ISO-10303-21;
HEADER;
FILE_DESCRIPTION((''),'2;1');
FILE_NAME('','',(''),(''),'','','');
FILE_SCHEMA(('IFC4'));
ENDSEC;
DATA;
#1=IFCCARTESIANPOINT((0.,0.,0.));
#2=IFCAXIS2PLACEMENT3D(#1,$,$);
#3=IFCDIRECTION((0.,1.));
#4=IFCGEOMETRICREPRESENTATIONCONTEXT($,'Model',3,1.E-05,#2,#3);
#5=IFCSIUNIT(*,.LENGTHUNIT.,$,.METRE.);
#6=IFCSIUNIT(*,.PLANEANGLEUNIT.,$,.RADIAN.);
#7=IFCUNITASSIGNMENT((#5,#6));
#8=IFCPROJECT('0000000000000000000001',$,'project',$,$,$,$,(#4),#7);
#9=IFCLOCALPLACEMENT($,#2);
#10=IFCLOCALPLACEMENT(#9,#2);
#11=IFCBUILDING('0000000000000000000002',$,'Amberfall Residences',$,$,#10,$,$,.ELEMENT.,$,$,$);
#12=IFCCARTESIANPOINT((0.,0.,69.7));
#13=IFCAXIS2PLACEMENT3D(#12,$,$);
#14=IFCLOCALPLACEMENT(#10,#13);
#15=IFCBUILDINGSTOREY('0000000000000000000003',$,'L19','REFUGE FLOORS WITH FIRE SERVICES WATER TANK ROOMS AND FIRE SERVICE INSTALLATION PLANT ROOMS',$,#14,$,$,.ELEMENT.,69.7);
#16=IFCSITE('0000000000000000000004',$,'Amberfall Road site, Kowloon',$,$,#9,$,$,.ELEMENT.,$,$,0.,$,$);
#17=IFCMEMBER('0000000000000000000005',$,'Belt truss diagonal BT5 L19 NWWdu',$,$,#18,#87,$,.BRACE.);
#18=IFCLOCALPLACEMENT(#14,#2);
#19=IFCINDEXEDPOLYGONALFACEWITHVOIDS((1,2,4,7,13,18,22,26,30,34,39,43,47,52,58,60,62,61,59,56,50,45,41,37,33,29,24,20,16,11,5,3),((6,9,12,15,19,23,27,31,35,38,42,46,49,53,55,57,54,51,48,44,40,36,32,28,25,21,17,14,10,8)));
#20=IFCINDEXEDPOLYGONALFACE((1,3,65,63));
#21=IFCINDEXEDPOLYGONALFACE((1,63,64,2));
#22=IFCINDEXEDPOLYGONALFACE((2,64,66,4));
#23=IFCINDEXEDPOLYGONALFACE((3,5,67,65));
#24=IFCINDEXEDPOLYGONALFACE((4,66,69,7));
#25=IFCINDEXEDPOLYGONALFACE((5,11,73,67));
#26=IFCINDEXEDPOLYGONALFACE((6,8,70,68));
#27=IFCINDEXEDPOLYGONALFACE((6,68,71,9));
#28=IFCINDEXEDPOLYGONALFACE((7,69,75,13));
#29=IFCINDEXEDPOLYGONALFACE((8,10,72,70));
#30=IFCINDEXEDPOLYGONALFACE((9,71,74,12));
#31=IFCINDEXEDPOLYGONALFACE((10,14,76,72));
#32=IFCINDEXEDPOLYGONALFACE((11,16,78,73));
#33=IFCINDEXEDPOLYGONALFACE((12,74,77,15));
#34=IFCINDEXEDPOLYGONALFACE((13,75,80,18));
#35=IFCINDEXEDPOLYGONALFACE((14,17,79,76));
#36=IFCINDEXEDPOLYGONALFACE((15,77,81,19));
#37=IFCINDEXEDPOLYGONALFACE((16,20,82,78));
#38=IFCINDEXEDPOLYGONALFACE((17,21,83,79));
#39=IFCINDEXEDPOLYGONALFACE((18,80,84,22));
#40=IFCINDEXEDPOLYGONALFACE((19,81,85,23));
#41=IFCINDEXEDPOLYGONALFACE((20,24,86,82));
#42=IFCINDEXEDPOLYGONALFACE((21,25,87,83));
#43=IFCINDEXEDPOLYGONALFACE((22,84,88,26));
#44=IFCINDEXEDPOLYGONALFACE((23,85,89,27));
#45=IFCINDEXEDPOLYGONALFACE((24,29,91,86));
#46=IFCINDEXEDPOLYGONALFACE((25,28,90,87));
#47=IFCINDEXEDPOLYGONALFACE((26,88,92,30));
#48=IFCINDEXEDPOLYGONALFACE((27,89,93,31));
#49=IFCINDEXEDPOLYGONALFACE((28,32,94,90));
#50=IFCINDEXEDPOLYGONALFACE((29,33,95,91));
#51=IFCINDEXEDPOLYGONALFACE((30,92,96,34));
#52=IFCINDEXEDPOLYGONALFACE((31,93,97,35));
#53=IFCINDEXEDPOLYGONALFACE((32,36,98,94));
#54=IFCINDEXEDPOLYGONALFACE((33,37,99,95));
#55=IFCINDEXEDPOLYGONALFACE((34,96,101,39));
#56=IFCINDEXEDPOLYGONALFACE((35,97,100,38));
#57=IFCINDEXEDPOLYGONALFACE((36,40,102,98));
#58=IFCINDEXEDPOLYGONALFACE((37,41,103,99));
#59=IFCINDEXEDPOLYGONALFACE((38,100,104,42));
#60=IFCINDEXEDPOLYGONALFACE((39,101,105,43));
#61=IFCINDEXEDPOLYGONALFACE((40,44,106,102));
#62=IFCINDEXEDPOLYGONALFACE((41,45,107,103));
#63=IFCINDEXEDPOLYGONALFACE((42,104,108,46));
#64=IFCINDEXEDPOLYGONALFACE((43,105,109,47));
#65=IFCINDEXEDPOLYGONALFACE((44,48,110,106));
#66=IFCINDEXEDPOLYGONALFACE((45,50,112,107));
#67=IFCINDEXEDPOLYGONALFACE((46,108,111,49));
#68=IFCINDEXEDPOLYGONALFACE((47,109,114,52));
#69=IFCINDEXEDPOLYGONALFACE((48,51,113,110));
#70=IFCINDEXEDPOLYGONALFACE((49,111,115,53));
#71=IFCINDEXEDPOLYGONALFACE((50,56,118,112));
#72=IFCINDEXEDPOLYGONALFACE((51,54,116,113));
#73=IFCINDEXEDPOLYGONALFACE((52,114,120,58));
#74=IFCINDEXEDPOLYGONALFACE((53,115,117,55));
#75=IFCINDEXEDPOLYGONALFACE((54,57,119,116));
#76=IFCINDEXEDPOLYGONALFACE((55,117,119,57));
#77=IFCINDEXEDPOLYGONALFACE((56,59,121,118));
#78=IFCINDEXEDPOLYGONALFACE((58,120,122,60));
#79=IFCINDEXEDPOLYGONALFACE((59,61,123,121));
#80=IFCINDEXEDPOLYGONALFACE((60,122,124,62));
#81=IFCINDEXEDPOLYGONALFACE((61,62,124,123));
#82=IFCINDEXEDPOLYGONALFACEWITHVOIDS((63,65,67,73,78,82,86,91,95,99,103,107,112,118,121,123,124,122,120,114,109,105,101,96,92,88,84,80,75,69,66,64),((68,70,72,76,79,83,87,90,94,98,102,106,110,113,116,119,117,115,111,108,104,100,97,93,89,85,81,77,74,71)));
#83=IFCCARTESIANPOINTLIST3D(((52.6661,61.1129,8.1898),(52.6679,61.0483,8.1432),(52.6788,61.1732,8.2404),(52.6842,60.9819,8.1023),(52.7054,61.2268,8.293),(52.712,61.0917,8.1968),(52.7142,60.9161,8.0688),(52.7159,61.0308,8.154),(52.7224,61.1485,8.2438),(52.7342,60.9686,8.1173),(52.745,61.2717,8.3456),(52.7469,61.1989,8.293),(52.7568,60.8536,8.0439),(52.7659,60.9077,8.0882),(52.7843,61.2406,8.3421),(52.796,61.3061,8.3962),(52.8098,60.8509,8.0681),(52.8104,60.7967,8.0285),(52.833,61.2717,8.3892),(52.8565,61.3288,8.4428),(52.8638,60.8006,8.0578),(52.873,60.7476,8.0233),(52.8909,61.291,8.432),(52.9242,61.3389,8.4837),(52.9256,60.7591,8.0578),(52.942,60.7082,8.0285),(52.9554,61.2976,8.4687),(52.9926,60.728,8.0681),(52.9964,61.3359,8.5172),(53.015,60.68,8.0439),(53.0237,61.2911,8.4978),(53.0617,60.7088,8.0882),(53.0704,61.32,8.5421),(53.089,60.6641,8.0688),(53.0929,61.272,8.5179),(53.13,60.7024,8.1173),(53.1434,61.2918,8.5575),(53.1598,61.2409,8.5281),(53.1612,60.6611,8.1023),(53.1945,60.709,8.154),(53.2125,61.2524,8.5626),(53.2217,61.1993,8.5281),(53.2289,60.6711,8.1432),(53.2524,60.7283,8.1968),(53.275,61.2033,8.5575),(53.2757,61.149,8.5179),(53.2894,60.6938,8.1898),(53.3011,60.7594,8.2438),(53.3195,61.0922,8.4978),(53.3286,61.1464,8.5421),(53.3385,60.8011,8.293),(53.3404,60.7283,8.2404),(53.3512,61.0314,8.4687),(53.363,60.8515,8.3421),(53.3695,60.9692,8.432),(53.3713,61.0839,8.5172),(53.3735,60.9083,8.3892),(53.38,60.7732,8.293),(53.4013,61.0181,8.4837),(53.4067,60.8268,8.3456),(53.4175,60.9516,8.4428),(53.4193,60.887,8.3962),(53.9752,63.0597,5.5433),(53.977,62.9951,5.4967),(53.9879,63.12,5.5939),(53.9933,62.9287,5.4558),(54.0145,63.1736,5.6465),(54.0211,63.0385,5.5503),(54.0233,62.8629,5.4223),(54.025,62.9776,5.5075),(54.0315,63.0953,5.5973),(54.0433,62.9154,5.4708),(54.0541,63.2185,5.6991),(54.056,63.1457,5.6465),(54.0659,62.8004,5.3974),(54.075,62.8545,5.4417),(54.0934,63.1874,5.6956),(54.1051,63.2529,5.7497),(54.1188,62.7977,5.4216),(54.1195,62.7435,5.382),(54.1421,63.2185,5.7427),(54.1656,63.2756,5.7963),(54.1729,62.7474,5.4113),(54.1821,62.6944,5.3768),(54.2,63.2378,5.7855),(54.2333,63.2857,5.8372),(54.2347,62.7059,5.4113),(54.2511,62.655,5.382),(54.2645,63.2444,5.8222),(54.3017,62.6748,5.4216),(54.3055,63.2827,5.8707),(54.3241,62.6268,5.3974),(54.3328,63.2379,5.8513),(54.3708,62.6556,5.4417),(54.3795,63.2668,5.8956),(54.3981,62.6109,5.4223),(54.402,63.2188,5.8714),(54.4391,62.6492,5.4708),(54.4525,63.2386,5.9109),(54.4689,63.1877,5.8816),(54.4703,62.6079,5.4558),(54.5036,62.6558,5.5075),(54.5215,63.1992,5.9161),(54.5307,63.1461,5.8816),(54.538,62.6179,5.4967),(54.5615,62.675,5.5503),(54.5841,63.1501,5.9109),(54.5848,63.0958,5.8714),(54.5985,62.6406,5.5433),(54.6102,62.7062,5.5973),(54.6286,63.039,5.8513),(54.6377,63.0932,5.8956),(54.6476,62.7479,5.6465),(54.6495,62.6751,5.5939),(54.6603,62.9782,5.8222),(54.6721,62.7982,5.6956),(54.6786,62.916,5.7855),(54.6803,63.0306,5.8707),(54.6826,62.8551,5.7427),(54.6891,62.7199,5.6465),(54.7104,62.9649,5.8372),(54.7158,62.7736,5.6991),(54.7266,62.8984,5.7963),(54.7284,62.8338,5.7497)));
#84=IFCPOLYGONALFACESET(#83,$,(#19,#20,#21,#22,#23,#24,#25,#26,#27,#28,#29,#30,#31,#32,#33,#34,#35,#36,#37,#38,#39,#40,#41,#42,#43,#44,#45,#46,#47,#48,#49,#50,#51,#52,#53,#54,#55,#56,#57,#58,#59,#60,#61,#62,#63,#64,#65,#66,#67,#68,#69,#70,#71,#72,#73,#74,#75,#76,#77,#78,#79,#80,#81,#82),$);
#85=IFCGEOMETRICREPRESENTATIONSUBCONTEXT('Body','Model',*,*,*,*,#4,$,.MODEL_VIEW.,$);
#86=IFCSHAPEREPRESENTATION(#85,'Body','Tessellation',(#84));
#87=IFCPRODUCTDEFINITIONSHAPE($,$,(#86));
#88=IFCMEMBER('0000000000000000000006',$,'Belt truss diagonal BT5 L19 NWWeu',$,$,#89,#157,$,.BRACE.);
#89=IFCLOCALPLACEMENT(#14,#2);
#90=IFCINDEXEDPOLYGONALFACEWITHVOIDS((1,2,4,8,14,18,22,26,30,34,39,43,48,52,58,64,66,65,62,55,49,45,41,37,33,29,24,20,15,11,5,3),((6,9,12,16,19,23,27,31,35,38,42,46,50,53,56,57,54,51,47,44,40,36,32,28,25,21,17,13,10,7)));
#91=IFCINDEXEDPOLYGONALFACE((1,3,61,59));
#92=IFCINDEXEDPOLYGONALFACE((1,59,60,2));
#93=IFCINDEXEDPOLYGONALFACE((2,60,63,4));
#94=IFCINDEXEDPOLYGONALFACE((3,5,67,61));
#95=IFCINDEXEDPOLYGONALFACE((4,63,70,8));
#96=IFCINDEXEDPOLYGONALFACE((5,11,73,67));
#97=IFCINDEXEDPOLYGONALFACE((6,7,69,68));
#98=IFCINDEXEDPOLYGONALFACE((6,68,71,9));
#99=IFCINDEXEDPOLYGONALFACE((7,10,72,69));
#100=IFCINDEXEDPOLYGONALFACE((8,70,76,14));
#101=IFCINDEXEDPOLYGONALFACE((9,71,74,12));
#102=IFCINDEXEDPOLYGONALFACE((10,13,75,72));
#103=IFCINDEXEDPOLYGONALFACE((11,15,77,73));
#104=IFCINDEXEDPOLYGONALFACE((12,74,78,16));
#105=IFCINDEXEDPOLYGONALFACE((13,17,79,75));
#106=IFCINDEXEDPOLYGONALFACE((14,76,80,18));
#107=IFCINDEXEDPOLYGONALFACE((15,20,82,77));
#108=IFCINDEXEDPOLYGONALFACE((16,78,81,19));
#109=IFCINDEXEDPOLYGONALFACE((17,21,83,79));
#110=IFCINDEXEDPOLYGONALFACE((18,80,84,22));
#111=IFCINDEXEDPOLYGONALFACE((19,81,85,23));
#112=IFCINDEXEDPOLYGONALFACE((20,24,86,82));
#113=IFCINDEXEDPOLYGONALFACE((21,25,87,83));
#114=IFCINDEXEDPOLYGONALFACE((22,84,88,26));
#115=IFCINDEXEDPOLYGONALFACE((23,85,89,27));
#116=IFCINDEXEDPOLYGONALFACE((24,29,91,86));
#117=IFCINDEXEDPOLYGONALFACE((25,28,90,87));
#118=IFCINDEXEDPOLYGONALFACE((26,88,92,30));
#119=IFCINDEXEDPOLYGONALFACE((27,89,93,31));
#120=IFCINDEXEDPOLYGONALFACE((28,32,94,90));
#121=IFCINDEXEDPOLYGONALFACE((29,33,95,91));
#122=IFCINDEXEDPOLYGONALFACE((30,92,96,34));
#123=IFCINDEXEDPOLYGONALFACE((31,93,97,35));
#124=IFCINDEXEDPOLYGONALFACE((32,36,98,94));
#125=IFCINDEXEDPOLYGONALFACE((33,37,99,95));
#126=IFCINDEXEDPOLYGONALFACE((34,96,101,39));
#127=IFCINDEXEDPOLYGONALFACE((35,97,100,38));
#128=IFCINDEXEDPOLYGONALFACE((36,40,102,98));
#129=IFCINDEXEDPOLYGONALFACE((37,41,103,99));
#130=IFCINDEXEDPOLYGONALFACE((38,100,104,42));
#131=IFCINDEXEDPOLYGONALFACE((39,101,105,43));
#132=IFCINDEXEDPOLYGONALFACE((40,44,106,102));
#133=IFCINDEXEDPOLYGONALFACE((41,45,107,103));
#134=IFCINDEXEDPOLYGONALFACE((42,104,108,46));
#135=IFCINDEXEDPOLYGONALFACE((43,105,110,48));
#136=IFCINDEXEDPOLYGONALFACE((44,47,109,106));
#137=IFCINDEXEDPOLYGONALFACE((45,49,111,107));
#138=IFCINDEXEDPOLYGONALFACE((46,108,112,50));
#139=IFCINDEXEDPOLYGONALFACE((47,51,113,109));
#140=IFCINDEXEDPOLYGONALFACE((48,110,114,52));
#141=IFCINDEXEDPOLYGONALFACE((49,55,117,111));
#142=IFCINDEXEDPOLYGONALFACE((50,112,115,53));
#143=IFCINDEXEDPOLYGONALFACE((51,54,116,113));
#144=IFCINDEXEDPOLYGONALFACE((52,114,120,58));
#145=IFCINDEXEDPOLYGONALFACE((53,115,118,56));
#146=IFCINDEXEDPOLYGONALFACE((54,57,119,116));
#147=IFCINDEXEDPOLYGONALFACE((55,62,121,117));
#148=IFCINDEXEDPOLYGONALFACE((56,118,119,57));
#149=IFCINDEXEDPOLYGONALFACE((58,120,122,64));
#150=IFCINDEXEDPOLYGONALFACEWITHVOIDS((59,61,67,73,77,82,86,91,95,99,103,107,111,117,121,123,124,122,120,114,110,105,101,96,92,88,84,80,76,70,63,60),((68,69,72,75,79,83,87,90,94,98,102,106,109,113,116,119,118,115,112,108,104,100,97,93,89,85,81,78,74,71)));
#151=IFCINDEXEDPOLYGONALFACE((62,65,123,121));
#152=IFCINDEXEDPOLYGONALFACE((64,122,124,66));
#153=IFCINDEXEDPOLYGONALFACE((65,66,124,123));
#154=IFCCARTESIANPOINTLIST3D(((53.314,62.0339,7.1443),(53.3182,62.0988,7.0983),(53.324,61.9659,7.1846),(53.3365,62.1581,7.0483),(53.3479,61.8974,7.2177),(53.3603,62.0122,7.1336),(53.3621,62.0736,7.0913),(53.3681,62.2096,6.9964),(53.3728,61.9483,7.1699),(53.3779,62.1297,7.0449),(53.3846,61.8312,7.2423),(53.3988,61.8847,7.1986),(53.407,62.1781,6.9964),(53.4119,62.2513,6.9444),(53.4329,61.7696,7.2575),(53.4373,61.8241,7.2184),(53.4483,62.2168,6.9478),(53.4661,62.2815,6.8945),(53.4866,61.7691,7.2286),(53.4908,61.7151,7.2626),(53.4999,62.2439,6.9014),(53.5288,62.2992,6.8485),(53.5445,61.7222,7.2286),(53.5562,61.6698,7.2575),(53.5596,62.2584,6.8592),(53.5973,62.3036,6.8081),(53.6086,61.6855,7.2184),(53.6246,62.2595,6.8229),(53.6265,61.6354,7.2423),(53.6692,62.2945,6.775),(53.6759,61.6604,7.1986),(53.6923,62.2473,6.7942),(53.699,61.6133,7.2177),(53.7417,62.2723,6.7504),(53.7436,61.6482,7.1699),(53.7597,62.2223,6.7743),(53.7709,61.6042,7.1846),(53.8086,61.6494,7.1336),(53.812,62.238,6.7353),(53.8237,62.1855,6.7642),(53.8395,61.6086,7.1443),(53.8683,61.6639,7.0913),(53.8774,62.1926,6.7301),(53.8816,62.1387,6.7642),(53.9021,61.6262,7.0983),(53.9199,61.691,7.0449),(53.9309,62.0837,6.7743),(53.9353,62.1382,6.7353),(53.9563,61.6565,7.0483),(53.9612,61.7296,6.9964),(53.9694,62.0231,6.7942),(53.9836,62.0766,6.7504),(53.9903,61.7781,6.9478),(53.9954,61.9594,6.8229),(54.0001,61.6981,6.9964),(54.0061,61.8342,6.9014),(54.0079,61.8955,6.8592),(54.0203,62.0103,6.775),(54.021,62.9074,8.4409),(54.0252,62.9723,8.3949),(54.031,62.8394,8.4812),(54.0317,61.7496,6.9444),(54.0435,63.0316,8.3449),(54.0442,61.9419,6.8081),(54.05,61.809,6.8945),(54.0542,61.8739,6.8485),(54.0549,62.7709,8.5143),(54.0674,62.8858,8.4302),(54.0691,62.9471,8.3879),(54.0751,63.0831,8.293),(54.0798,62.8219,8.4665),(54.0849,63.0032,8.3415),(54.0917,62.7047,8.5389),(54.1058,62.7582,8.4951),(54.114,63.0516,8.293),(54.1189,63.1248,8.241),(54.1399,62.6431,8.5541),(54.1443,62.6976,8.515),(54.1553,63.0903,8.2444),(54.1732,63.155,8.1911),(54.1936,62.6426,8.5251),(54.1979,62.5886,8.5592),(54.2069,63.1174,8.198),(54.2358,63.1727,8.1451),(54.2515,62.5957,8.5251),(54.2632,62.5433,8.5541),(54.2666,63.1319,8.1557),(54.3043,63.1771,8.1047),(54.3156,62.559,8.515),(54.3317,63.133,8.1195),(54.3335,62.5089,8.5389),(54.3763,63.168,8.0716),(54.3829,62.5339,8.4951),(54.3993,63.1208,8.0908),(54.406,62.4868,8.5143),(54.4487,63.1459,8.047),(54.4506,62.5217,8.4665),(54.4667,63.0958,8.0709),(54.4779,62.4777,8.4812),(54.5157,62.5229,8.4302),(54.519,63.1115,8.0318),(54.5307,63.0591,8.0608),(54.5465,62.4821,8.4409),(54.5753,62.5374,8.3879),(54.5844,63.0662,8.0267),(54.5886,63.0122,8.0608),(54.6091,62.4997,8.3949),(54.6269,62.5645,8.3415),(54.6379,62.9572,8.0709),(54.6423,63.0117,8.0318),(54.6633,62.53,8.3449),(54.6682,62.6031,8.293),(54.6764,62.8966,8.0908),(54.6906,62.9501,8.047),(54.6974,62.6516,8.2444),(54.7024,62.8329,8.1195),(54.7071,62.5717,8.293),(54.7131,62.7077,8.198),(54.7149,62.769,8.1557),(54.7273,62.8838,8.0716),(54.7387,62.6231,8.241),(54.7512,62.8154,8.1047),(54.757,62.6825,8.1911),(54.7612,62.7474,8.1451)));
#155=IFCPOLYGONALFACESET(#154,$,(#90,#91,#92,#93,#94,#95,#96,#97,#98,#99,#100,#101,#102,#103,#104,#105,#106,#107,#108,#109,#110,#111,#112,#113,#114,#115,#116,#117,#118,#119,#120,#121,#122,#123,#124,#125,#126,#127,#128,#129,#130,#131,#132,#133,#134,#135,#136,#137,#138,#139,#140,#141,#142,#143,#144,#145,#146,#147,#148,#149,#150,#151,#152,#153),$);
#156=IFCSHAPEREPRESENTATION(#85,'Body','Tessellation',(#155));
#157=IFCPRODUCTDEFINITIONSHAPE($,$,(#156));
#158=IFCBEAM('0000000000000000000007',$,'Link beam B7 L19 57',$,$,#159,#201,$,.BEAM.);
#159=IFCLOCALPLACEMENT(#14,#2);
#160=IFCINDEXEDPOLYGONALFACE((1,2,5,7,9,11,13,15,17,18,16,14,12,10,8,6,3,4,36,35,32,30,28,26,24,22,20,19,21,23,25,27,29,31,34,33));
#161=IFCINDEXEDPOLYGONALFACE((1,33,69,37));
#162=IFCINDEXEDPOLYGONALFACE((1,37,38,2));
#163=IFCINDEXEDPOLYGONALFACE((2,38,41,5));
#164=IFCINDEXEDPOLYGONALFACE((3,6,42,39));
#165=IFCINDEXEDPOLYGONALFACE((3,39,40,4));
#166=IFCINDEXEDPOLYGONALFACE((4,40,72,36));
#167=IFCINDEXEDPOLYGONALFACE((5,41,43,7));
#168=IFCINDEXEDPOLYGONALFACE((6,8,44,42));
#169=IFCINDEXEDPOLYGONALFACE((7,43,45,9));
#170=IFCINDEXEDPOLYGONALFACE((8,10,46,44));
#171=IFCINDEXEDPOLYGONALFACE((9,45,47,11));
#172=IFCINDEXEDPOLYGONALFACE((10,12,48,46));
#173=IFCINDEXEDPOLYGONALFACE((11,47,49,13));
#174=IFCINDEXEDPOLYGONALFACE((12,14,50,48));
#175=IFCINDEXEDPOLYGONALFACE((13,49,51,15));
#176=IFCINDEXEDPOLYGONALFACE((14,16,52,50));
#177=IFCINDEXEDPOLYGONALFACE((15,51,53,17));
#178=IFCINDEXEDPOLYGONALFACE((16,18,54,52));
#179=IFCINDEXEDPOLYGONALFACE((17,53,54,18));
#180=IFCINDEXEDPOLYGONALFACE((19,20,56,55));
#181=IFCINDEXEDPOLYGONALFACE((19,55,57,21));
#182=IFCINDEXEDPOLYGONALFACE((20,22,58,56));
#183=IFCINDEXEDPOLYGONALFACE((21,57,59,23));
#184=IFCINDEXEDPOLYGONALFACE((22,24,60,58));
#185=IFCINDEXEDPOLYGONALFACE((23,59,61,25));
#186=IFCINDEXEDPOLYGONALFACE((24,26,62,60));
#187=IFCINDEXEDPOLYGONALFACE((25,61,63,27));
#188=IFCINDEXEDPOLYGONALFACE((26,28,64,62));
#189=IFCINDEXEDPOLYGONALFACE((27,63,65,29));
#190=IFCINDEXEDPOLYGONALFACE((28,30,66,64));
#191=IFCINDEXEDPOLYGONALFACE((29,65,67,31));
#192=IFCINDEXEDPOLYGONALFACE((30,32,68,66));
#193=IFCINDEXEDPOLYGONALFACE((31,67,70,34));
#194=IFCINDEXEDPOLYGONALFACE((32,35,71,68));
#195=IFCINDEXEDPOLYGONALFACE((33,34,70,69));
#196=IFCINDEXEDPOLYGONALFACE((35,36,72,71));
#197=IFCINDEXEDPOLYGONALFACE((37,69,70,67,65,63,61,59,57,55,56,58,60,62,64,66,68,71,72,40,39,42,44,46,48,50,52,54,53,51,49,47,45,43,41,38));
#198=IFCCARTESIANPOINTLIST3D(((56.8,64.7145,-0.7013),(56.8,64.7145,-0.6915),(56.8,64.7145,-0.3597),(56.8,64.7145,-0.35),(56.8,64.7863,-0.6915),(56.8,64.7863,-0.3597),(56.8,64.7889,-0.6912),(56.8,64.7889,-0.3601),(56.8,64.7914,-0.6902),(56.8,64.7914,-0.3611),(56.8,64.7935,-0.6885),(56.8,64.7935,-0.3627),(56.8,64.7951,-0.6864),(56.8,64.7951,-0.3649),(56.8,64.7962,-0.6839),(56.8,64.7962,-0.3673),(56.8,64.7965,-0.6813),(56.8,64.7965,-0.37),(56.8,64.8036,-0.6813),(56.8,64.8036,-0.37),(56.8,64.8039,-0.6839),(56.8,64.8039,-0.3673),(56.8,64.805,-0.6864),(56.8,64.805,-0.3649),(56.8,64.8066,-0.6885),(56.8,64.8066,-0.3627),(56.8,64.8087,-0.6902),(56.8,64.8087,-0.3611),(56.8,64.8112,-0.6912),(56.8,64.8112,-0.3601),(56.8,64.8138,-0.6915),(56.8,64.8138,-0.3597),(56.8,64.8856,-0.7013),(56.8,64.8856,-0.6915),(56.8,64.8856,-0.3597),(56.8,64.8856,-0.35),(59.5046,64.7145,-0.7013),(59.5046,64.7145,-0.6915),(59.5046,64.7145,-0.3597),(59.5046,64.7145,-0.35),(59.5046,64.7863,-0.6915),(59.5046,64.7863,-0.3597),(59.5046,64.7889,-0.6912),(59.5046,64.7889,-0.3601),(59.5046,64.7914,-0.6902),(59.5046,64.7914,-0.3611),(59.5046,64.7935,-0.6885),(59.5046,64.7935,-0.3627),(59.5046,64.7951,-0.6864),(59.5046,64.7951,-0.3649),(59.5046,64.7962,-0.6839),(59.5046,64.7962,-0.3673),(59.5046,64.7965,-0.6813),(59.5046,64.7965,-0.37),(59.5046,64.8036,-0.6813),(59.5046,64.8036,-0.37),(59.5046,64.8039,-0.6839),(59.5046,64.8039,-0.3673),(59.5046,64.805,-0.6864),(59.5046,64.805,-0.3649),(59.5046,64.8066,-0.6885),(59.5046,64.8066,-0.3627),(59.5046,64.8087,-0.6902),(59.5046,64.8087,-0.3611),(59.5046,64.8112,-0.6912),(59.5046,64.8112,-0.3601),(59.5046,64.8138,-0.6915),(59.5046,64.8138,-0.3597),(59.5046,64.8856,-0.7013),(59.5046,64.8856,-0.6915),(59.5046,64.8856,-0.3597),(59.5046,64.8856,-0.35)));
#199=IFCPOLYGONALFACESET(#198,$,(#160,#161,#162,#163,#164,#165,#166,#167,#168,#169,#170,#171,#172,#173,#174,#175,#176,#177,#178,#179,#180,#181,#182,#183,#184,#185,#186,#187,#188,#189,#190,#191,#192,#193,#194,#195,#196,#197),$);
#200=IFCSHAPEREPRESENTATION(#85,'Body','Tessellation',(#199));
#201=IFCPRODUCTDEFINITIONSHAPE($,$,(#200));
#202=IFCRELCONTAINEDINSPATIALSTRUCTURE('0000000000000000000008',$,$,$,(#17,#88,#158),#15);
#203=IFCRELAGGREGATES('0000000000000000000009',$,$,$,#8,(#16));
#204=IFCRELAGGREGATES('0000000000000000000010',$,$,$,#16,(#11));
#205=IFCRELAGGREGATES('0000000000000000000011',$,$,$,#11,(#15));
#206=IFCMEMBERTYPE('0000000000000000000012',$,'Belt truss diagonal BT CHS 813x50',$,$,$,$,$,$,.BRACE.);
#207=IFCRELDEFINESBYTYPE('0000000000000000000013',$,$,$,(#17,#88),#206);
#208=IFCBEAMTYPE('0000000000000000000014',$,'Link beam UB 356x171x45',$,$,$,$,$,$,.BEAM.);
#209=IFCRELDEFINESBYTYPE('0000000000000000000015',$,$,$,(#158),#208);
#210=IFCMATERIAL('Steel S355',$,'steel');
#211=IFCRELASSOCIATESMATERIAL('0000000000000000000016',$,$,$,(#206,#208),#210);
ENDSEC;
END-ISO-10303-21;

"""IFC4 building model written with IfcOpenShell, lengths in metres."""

from ifc_helpers import new_model, si_unit, direction, frame, origin, origin_2d, place, context, subcontext, project, spatial, hollow_circle, i_section, extrude, material, material_profile, profile_set, type_object, element, save


model = new_model("IFC4")

# Units and contexts
model_context = context("Model", 3, precision=1e-05, world=origin(), true_north=direction((0.0, 1.0)))
body_context = subcontext(model_context, "Body", "Model", "MODEL_VIEW")
ifc_project = project(units=[si_unit("LENGTHUNIT", "METRE"), si_unit("PLANEANGLEUNIT", "RADIAN")], contexts=[model_context])

# Site, building, storey
site_placement = place(None, origin())
site = spatial("IfcSite", under=ifc_project, at=site_placement, Name="Amberfall Road site, Kowloon", CompositionType="ELEMENT", RefElevation=0.0)
building_placement = place(site_placement, origin())
building = spatial("IfcBuilding", under=site, at=building_placement, Name="Amberfall Residences", CompositionType="ELEMENT")
storey_placement = place(building_placement, frame((0.0, 0.0, 69.7)))
storey = spatial("IfcBuildingStorey", under=building, at=storey_placement, Name="L19", Description="REFUGE FLOORS WITH FIRE SERVICES WATER TANK ROOMS AND FIRE SERVICE INSTALLATION PLANT ROOMS", CompositionType="ELEMENT", Elevation=69.7)

# Shared definitions
ifc_material_1 = material(Name="Steel S355", Category="steel")

# Members
ifc_material_profile_1 = material_profile(ifc_material_1, hollow_circle(Radius=0.4065, WallThickness=0.05, at=origin_2d()), Name="CHS 813x50")
ifc_profile_set_1 = profile_set([ifc_material_profile_1], Name="Steel S355")
member_type = type_object("IfcMemberType", Name="Belt truss diagonal BT CHS 813x50", PredefinedType="BRACE", material=ifc_profile_set_1)
member_1_placement = place(storey_placement, frame((54.3518, 62.9468, 5.6465), z_axis=(-0.370153, -0.550466, 0.748314), x_axis=(0.829834, -0.55801, 0.0)))
element("IfcMember", 1, at=member_1_placement, inside=storey, type_object=member_type, Name="Belt truss diagonal BT5 L19 NWWdu", PredefinedType="BRACE", context=body_context, shape_type="SweptSolid", body=[
    extrude(hollow_circle(Radius=0.4065, WallThickness=0.05, at=origin_2d()), origin(), (0.0, 0.0, 1.0), 3.5366),
])
member_2_placement = place(storey_placement, frame((54.3911, 62.8274, 8.293), z_axis=(-0.412054, -0.509092, -0.75567), x_axis=(0.777295, -0.629136, 0.0)))
element("IfcMember", 2, at=member_2_placement, inside=storey, type_object=member_type, Name="Belt truss diagonal BT5 L19 NWWeu", PredefinedType="BRACE", context=body_context, shape_type="SweptSolid", body=[
    extrude(hollow_circle(Radius=0.4065, WallThickness=0.05, at=origin_2d()), origin(), (0.0, 0.0, 1.0), 1.7158),
])

# Beam
ifc_material_profile_2 = material_profile(ifc_material_1, i_section(OverallWidth=0.1711, OverallDepth=0.3513, WebThickness=0.0071, FlangeThickness=0.0098, FilletRadius=0.0103, at=origin_2d()), Name="UB 356x171x45")
ifc_profile_set_2 = profile_set([ifc_material_profile_2], Name="Steel S355")
beam_type_1 = type_object("IfcBeamType", Name="Link beam UB 356x171x45", PredefinedType="BEAM", material=ifc_profile_set_2)
beam_1_placement = place(storey_placement, frame((56.8, 64.8, -0.5256), z_axis=(1.0, 0.0, 0.0), x_axis=(0.0, 1.0, 0.0)))
element("IfcBeam", 3, at=beam_1_placement, inside=storey, type_object=beam_type_1, Name="Link beam B7 L19 57", PredefinedType="BEAM", context=body_context, shape_type="SweptSolid", body=[
    extrude(i_section(OverallWidth=0.1711, OverallDepth=0.3513, WebThickness=0.0071, FlangeThickness=0.0098, FilletRadius=0.0103, at=origin_2d()), origin(), (0.0, 0.0, 1.0), 2.7046),
])

save(model, "model.ifc")
